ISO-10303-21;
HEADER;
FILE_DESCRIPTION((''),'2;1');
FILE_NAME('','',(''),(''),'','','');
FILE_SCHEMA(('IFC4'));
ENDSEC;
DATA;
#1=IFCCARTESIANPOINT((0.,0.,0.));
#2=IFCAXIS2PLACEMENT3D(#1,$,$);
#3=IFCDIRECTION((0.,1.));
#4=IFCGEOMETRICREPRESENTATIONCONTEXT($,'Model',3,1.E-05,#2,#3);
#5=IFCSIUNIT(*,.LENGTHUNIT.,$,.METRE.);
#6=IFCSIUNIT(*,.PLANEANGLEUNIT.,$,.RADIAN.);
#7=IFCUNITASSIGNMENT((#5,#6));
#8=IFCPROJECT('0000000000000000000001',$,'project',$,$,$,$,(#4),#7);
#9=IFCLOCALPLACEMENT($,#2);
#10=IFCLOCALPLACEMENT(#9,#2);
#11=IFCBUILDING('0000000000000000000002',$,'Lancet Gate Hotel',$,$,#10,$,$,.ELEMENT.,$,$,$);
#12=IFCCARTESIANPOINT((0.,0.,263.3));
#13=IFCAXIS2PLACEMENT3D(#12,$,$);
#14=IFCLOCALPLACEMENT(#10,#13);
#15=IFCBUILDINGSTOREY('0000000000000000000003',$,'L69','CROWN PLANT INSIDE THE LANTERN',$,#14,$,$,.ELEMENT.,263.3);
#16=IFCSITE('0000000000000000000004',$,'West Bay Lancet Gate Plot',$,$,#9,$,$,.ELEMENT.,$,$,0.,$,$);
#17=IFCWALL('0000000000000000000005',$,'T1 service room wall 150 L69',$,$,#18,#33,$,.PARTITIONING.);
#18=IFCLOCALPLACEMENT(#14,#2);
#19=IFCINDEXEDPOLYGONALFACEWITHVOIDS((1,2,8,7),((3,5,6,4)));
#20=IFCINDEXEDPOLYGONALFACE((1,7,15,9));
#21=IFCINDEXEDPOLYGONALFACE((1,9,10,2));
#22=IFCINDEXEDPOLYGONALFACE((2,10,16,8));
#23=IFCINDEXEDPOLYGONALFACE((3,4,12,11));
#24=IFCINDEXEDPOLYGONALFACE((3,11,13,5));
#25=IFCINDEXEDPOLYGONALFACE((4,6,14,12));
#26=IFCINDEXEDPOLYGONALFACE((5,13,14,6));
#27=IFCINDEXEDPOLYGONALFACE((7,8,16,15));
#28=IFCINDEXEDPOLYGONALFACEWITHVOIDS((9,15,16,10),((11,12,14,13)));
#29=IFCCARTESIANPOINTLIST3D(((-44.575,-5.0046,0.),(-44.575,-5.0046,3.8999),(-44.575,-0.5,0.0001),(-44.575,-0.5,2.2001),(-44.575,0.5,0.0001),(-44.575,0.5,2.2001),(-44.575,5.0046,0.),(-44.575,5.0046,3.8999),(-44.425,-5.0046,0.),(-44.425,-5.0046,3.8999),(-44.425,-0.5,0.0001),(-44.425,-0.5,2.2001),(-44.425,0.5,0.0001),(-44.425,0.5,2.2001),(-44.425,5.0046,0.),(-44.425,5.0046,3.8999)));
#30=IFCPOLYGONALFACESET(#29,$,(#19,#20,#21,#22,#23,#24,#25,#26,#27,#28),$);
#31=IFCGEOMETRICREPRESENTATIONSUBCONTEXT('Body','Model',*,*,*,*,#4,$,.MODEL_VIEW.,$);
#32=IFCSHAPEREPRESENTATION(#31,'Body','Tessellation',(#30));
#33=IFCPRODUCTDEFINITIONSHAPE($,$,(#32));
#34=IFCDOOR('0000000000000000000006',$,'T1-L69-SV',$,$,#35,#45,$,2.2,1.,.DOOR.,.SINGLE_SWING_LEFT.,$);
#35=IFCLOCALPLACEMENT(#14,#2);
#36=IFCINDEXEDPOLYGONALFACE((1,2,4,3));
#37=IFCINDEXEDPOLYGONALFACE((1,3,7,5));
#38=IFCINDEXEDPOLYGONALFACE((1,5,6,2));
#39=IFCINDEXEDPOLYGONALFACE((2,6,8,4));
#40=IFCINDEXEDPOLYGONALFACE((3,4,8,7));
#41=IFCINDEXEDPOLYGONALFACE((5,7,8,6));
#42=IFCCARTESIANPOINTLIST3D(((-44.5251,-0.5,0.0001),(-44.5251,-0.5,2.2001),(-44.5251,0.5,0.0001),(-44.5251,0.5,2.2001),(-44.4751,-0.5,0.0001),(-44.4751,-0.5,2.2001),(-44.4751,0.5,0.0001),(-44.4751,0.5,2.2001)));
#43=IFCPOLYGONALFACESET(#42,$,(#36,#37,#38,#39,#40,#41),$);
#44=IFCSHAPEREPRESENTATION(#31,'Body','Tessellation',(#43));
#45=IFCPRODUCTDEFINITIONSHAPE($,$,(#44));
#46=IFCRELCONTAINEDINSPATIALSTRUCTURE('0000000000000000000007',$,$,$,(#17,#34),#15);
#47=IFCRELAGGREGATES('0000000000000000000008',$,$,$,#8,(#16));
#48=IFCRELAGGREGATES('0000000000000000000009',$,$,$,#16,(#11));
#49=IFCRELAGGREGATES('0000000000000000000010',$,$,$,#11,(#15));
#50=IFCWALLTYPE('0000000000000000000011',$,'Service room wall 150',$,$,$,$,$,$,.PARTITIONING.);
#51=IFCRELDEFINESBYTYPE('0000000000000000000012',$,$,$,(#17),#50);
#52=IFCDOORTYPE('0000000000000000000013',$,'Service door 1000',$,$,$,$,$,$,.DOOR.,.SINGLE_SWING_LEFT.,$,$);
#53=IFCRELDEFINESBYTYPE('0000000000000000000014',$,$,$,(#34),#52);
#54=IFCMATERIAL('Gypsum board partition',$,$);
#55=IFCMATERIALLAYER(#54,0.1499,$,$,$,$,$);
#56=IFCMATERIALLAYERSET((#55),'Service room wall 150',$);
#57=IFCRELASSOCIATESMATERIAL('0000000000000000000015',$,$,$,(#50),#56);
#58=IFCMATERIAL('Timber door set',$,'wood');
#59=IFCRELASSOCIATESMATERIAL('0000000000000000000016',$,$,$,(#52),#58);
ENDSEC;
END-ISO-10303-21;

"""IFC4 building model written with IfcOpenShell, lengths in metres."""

from ifc_helpers import new_model, si_unit, direction, frame, frame_2d, origin, place, context, subcontext, project, spatial, rectangle, extrude, material, layer, layer_set, type_object, element, fill, save


model = new_model("IFC4")

# Units and contexts
model_context = context("Model", 3, precision=1e-05, world=origin(), true_north=direction((0.0, 1.0)))
body_context = subcontext(model_context, "Body", "Model", "MODEL_VIEW")
ifc_project = project(units=[si_unit("LENGTHUNIT", "METRE"), si_unit("PLANEANGLEUNIT", "RADIAN")], contexts=[model_context])

# Site, building, storey
site_placement = place(None, origin())
site = spatial("IfcSite", under=ifc_project, at=site_placement, Name="West Bay Lancet Gate Plot", CompositionType="ELEMENT", RefElevation=0.0)
building_placement = place(site_placement, origin())
building = spatial("IfcBuilding", under=site, at=building_placement, Name="Lancet Gate Hotel", CompositionType="ELEMENT")
storey_placement = place(building_placement, frame((0.0, 0.0, 263.3)))
storey = spatial("IfcBuildingStorey", under=building, at=storey_placement, Name="L69", Description="CROWN PLANT INSIDE THE LANTERN", CompositionType="ELEMENT", Elevation=263.3)

# Wall, opening, door
ifc_material_1 = material(Name="Gypsum board partition")
ifc_layer_1 = layer(ifc_material_1, 0.1499)
ifc_layer_set_1 = layer_set([ifc_layer_1], Name="Service room wall 150")
wall_type_1 = type_object("IfcWallType", Name="Service room wall 150", PredefinedType="PARTITIONING", material=ifc_layer_set_1)
wall_1_placement = place(storey_placement, frame((-44.5, 5.0046, 0.0), z_axis=(0.0, 0.0, 1.0), x_axis=(0.0, -1.0, 0.0)))
wall_1 = element("IfcWall", 1, at=wall_1_placement, inside=storey, type_object=wall_type_1, Name="T1 service room wall 150 L69", PredefinedType="PARTITIONING", context=body_context, shape_type="SweptSolid", body=[
    extrude(rectangle(XDim=10.0093, YDim=0.1499, at=frame_2d((5.0046, 0.0))), origin(), (0.0, 0.0, 1.0), 3.8999),
])
opening_placement = place(wall_1_placement, frame((4.5046, 0.0, 0.0)))
opening = element("IfcOpeningElement", 2, at=opening_placement, cuts=wall_1, PredefinedType="OPENING", context=body_context, shape_type="SweptSolid", body=[
    extrude(rectangle(XDim=1.0, YDim=2.2, at=frame_2d((0.5, 1.1001))), frame((0.0, 0.085, 0.0), z_axis=(0.0, -1.0, 0.0), x_axis=(1.0, 0.0, 0.0)), (0.0, 0.0, 1.0), 0.1699),
])
ifc_material_2 = material(Name="Timber door set", Category="wood")
door_type = type_object("IfcDoorType", Name="Service door 1000", OperationType="SINGLE_SWING_LEFT", PredefinedType="DOOR", material=ifc_material_2)
door_placement = place(opening_placement, origin())
door = element("IfcDoor", 3, at=door_placement, inside=storey, type_object=door_type, Name="T1-L69-SV", OperationType="SINGLE_SWING_LEFT", OverallHeight=2.2, OverallWidth=1.0, PredefinedType="DOOR", context=body_context, shape_type="SweptSolid", body=[
    extrude(rectangle(XDim=1.0, YDim=2.2, at=frame_2d((0.5, 1.1001))), frame((0.0, 0.0249, 0.0), z_axis=(0.0, -1.0, 0.0), x_axis=(1.0, 0.0, 0.0)), (0.0, 0.0, 1.0), 0.05),
])
fill(opening, door)

save(model, "model.ifc")
